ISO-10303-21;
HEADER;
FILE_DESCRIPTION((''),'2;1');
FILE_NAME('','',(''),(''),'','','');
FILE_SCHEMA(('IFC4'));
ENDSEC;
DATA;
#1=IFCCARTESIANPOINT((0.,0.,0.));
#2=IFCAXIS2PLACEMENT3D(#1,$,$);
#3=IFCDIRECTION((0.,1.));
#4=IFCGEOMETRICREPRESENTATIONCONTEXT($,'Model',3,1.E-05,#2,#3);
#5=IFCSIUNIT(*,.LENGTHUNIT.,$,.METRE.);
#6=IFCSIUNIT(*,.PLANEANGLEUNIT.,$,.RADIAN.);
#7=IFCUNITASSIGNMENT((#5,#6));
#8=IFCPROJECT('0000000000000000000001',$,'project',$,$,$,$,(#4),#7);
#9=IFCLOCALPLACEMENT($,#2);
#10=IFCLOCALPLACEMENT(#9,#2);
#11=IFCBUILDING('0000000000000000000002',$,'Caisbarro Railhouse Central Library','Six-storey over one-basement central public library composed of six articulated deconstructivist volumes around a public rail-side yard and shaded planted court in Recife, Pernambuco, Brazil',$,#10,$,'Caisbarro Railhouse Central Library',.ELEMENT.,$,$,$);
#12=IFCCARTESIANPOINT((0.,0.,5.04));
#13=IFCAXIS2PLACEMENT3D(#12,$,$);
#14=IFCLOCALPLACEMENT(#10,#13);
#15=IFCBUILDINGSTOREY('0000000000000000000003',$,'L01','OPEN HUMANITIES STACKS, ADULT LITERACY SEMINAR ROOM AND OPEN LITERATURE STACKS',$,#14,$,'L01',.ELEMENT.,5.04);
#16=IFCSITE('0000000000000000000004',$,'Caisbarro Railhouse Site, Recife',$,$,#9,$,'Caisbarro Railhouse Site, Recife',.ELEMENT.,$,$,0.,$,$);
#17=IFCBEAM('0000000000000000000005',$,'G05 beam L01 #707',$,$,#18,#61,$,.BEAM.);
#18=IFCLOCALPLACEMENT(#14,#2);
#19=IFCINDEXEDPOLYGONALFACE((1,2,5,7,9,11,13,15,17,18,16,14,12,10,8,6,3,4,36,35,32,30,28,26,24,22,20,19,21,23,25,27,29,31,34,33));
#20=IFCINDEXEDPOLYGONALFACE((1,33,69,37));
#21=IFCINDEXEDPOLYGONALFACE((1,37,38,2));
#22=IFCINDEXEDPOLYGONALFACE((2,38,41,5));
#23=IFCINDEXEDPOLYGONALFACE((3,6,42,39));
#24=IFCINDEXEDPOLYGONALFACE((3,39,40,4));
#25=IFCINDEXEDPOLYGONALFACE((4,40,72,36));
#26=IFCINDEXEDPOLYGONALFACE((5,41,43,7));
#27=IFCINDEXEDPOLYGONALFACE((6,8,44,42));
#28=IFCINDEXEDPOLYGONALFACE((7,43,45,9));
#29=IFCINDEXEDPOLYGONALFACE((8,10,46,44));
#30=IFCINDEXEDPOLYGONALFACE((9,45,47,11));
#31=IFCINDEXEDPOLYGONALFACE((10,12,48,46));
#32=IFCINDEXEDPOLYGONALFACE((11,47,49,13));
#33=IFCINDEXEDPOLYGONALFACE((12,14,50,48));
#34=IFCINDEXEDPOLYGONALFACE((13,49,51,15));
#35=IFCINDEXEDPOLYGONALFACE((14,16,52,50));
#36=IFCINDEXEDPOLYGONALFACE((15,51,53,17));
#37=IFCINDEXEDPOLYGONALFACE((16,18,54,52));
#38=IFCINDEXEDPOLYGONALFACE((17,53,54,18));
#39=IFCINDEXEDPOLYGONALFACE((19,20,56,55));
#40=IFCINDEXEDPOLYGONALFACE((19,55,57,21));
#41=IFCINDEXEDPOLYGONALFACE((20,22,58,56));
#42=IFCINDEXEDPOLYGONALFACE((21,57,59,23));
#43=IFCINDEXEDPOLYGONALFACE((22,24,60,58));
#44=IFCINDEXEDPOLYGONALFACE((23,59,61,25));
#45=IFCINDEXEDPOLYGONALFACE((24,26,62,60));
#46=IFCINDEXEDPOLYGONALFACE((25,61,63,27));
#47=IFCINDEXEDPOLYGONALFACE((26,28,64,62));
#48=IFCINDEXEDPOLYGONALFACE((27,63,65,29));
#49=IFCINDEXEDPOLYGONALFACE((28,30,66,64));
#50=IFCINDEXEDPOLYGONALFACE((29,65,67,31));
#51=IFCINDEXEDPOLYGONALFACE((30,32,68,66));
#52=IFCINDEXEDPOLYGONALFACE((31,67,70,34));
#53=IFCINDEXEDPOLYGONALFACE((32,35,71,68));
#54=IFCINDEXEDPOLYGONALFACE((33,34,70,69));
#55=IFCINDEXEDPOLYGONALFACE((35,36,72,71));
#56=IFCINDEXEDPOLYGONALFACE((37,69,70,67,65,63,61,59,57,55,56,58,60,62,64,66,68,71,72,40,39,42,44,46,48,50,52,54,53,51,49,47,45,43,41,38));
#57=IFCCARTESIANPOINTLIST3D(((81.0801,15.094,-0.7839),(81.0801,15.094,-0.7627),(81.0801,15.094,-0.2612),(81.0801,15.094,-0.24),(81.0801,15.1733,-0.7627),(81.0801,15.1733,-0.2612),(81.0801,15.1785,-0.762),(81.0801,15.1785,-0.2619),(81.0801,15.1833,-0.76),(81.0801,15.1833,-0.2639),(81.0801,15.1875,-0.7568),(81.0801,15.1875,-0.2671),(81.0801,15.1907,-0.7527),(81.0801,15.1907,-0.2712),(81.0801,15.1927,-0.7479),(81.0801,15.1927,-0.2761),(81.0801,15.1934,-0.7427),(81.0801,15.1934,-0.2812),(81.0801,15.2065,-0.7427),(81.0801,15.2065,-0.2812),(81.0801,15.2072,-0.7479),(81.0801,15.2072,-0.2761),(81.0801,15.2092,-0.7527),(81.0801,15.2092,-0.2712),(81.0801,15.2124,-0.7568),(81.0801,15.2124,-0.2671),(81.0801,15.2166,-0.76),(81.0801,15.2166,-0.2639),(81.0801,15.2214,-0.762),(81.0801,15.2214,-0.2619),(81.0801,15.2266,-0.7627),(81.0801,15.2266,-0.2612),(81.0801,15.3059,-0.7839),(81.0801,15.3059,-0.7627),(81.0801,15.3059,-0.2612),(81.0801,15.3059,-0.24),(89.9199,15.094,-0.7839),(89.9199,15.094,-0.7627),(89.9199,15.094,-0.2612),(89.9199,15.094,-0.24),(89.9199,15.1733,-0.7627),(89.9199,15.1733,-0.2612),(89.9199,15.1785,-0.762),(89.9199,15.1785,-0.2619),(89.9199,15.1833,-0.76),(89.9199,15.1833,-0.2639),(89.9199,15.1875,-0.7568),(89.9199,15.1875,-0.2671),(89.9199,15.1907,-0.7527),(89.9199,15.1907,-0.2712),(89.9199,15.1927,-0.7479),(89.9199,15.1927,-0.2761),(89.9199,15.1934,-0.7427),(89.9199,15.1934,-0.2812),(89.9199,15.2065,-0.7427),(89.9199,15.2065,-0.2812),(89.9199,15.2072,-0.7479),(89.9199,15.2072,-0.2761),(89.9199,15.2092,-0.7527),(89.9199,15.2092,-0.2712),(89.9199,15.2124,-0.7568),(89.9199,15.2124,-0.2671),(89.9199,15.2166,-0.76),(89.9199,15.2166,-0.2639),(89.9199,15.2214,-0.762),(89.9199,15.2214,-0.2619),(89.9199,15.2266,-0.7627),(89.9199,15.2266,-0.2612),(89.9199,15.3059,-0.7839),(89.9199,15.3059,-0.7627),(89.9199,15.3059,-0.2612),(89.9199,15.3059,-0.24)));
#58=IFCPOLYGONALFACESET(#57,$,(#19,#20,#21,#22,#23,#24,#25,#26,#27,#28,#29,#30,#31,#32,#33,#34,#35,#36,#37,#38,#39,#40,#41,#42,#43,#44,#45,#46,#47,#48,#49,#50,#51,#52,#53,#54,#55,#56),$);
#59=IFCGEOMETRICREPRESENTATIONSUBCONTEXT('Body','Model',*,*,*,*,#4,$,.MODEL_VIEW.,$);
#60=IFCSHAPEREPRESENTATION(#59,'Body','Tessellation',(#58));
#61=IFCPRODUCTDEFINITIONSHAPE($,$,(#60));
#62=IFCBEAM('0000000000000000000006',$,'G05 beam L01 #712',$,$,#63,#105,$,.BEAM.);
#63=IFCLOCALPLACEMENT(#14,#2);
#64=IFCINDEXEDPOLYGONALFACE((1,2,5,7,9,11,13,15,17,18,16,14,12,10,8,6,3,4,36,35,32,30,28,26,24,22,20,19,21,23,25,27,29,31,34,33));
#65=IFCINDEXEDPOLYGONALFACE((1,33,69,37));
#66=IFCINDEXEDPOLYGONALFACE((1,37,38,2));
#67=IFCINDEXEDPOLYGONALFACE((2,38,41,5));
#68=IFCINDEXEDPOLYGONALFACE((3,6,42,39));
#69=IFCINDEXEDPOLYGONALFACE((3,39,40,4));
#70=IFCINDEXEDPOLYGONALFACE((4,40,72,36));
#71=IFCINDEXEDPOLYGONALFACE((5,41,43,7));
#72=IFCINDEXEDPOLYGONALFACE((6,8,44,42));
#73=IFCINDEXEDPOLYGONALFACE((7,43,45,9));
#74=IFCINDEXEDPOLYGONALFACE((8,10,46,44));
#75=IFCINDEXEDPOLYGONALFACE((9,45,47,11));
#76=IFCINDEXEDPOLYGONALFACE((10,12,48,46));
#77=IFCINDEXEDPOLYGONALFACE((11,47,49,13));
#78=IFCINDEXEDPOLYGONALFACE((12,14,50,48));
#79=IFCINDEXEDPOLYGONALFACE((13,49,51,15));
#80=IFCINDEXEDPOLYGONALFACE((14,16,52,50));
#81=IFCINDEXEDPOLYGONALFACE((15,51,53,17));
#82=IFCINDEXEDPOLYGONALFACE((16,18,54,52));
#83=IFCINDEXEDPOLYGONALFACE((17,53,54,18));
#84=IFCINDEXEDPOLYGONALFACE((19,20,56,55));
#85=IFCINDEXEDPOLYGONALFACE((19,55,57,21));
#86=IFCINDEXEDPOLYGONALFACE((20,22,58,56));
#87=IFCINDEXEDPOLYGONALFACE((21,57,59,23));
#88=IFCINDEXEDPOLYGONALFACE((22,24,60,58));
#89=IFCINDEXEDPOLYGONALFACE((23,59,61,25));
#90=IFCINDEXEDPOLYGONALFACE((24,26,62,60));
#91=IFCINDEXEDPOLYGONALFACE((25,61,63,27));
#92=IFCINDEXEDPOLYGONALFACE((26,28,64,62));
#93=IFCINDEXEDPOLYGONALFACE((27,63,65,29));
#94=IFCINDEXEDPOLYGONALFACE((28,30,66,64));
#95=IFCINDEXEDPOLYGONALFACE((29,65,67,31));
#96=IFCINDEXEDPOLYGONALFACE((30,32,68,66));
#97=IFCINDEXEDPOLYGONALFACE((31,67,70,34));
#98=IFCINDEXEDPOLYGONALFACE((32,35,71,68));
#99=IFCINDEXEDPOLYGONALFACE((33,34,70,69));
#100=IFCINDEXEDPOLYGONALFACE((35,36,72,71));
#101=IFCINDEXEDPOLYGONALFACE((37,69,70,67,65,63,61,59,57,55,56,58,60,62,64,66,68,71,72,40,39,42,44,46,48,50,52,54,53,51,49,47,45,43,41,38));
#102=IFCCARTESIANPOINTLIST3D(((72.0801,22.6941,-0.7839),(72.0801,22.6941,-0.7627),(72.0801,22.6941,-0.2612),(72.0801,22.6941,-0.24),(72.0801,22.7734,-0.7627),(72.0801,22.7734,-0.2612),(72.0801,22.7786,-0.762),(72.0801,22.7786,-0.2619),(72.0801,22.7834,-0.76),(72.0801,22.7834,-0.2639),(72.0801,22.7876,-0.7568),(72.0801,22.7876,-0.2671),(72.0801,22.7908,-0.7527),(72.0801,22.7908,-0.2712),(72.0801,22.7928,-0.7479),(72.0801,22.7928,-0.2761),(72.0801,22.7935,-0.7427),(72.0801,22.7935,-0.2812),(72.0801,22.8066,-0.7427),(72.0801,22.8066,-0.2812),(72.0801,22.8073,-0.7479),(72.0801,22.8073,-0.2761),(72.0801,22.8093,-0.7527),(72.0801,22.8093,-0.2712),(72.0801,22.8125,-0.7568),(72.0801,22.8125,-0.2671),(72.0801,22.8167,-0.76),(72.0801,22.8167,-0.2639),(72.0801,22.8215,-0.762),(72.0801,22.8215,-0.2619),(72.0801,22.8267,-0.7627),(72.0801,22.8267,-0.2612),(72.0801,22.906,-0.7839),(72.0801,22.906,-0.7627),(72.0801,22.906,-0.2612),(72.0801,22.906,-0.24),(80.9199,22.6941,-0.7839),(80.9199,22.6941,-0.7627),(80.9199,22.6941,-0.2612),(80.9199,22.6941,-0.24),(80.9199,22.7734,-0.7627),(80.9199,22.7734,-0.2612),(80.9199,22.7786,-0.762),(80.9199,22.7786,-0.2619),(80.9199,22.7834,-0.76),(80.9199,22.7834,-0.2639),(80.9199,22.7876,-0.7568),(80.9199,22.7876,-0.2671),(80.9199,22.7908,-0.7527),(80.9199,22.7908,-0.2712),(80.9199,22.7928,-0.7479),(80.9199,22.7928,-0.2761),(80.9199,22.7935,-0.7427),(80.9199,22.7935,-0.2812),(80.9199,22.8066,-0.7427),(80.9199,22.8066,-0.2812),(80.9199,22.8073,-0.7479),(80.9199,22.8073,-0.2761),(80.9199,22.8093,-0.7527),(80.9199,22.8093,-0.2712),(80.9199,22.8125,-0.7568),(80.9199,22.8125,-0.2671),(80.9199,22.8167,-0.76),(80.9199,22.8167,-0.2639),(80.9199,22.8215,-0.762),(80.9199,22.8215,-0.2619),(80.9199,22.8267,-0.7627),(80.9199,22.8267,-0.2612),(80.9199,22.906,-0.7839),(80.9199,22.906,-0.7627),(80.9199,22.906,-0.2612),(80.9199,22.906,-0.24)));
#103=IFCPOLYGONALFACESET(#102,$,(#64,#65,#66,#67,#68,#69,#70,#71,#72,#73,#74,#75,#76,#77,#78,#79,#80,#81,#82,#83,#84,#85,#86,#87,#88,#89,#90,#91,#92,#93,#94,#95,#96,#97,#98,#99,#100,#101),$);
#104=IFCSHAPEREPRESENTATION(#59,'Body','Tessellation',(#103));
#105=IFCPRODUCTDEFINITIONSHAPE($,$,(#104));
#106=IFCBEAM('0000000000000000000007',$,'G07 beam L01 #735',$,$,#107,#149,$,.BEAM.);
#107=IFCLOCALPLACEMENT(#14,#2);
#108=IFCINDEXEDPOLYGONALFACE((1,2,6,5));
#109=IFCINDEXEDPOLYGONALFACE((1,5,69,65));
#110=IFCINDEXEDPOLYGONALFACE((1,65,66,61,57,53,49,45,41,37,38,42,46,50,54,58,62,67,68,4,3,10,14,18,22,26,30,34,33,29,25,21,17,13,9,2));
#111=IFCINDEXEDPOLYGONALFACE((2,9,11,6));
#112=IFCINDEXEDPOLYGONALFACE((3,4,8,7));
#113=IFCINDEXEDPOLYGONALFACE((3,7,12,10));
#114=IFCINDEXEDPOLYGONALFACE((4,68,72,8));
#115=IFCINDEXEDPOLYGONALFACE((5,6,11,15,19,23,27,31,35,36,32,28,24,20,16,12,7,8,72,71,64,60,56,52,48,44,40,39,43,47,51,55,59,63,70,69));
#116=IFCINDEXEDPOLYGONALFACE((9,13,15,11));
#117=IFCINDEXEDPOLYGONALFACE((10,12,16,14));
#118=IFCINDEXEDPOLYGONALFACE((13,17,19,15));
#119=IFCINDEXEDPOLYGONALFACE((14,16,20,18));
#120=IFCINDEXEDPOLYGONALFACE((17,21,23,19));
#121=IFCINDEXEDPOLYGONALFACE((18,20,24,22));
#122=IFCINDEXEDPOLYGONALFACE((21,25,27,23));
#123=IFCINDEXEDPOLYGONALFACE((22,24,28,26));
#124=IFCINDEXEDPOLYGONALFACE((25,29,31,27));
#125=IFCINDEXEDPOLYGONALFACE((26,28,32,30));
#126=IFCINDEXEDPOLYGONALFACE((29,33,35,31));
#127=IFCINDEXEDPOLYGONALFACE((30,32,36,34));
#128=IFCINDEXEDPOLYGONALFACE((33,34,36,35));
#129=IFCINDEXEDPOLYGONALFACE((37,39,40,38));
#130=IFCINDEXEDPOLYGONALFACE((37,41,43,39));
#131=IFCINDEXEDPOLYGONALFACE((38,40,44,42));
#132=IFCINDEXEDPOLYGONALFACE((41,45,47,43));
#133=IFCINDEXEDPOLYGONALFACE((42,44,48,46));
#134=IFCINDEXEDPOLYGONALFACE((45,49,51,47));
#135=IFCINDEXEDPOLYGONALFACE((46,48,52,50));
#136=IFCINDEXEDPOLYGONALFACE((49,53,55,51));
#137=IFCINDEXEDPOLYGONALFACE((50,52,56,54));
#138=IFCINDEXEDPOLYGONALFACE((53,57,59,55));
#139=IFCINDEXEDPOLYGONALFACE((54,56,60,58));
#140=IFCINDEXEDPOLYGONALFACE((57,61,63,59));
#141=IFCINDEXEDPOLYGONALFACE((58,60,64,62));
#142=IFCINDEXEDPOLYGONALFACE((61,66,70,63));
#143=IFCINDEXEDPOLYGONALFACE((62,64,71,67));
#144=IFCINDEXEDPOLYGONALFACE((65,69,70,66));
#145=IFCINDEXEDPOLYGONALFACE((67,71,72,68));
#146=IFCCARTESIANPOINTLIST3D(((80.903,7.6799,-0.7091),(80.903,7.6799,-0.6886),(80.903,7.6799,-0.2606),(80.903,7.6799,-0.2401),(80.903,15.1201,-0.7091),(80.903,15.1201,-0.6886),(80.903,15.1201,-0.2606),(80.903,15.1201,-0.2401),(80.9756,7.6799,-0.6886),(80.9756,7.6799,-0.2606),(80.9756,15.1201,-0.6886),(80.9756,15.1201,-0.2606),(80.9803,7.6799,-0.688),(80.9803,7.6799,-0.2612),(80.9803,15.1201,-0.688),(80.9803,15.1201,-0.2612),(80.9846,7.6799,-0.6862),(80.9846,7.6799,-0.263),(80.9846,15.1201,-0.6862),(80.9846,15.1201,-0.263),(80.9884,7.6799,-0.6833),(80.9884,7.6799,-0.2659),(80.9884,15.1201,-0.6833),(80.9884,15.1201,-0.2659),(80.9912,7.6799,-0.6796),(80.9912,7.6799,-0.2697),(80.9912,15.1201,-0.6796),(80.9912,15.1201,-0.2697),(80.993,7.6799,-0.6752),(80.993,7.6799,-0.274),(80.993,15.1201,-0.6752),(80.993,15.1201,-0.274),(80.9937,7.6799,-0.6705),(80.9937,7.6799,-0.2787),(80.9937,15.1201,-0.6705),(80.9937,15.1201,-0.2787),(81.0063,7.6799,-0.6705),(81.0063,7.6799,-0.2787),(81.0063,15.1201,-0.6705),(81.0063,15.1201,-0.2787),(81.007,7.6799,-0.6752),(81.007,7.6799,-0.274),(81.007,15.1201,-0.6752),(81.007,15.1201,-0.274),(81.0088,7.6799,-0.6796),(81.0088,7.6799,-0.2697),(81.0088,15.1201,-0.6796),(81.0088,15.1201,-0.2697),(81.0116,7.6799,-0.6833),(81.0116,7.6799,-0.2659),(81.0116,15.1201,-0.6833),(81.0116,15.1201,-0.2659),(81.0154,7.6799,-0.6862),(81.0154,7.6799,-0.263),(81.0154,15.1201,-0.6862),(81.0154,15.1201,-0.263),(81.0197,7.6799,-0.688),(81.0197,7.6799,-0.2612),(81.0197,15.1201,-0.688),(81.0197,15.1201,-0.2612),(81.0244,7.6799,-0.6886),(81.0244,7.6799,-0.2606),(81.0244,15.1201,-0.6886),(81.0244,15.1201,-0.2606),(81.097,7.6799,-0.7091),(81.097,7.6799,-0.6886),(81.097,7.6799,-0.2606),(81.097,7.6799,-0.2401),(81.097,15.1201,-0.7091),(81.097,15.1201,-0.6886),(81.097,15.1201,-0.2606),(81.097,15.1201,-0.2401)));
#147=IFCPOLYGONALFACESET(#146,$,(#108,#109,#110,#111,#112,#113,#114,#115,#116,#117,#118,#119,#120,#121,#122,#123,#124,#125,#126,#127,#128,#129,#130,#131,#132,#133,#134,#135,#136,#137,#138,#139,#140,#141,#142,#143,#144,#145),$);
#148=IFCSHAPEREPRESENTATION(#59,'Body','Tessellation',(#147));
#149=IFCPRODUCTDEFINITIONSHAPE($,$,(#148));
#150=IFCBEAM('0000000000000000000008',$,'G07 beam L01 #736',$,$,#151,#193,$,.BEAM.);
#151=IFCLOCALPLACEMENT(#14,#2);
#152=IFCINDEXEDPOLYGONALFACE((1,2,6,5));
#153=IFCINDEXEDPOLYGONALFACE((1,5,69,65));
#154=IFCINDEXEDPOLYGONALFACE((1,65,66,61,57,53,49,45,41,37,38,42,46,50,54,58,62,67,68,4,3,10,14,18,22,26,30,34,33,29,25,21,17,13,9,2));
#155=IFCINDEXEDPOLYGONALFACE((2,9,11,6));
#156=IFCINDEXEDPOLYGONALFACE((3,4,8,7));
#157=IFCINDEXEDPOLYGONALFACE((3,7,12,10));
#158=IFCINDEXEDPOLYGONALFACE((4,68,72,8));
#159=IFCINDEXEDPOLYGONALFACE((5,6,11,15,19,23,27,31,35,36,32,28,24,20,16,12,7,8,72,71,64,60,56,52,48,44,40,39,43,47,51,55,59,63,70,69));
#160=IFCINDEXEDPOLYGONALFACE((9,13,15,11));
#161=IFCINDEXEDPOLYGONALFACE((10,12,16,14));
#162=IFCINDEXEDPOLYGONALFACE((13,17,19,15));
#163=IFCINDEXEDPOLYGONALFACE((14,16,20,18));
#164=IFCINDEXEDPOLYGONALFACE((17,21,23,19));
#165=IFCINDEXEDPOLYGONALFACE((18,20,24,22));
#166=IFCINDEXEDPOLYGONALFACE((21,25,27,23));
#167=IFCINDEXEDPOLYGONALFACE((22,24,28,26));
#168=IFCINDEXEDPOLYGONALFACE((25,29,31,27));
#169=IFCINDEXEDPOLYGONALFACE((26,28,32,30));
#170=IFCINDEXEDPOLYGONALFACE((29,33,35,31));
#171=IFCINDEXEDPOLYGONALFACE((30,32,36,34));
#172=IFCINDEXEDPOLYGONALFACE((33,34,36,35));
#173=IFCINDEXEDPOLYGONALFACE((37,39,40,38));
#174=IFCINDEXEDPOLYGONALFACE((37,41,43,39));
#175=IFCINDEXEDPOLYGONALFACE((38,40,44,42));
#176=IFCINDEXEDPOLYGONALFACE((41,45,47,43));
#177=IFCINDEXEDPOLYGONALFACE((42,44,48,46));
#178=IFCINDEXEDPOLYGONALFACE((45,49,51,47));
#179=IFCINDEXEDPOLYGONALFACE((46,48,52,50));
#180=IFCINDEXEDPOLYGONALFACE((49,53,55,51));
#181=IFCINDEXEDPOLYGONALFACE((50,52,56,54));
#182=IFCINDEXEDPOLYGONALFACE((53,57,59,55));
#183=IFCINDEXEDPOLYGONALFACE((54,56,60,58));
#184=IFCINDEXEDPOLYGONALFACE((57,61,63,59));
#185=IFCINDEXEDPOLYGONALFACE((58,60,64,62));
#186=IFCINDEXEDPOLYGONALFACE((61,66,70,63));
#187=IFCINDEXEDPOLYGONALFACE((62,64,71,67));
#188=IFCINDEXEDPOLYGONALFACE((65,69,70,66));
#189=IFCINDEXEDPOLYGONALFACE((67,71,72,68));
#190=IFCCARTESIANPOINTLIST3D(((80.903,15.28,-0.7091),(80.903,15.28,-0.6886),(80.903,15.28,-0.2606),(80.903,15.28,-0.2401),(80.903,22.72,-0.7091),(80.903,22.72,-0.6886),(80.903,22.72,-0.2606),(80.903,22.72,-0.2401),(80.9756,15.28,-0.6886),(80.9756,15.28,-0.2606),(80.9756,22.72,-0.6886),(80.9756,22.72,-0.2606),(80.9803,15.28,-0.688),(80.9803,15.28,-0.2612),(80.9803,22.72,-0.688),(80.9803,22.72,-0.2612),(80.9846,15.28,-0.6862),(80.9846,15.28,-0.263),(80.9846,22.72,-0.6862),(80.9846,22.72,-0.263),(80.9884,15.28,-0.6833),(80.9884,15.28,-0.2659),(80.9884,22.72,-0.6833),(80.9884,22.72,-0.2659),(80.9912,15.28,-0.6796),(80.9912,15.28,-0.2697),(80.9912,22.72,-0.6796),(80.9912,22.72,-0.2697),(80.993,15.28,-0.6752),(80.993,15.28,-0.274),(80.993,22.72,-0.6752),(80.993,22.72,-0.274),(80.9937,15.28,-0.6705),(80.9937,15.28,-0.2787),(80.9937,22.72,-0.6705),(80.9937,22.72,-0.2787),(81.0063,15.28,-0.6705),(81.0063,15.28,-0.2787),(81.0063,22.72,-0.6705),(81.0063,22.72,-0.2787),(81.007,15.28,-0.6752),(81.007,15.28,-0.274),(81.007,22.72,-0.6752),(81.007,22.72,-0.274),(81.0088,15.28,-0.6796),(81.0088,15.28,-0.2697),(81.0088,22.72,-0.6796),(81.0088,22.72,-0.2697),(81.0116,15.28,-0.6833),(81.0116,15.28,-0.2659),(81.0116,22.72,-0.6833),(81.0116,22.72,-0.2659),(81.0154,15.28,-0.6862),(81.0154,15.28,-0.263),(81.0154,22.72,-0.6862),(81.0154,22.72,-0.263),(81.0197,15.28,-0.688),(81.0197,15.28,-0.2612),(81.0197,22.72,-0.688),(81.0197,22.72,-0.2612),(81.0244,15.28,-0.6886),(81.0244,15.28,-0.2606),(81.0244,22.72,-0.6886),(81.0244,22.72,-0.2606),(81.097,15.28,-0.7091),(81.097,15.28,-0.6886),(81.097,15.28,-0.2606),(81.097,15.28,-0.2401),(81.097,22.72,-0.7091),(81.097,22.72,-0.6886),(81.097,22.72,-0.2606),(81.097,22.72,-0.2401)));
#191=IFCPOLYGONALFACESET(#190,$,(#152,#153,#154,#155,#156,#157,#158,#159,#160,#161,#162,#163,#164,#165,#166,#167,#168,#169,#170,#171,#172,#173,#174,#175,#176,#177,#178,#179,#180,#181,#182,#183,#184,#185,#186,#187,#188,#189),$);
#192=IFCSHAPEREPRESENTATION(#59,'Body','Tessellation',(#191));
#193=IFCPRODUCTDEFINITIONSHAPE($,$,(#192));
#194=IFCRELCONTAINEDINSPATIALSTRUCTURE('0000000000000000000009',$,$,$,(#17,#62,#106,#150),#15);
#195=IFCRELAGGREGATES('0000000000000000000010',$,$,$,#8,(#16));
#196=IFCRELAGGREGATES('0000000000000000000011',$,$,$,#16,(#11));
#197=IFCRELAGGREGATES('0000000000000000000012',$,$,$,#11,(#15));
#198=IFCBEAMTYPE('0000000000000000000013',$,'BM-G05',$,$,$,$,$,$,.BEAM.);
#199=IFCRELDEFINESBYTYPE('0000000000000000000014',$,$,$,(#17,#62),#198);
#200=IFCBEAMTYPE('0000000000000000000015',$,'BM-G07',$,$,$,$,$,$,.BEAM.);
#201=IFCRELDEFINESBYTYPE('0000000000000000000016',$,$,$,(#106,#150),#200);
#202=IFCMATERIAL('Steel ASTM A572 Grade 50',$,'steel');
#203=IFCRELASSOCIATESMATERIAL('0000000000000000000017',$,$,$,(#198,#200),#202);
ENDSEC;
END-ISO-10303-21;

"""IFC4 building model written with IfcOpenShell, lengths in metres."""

from ifc_helpers import new_model, si_unit, direction, frame, origin, origin_2d, place, context, subcontext, project, spatial, i_section, extrude, material, material_profile, profile_set, type_object, element, save


model = new_model("IFC4")

# Units and contexts
model_context = context("Model", 3, precision=1e-05, world=origin(), true_north=direction((0.0, 1.0)))
body_context = subcontext(model_context, "Body", "Model", "MODEL_VIEW")
ifc_project = project(units=[si_unit("LENGTHUNIT", "METRE"), si_unit("PLANEANGLEUNIT", "RADIAN")], contexts=[model_context])

# Site, building, storey
site_placement = place(None, origin())
site = spatial("IfcSite", under=ifc_project, at=site_placement, Name="Caisbarro Railhouse Site, Recife", LongName="Caisbarro Railhouse Site, Recife", CompositionType="ELEMENT", RefElevation=0.0)
building_placement = place(site_placement, origin())
building = spatial("IfcBuilding", under=site, at=building_placement, Name="Caisbarro Railhouse Central Library", Description="Six-storey over one-basement central public library composed of six articulated deconstructivist volumes around a public rail-side yard and shaded planted court in Recife, Pernambuco, Brazil", LongName="Caisbarro Railhouse Central Library", CompositionType="ELEMENT")
storey_placement = place(building_placement, frame((0.0, 0.0, 5.04)))
storey = spatial("IfcBuildingStorey", under=building, at=storey_placement, Name="L01", Description="OPEN HUMANITIES STACKS, ADULT LITERACY SEMINAR ROOM AND OPEN LITERATURE STACKS", LongName="L01", CompositionType="ELEMENT", Elevation=5.04)

# Shared definitions
ifc_material_1 = material(Name="Steel ASTM A572 Grade 50", Category="steel")

# Beams
ifc_material_profile_1 = material_profile(ifc_material_1, i_section(OverallWidth=0.2119, OverallDepth=0.5439, WebThickness=0.0132, FlangeThickness=0.0212, FilletRadius=0.02, at=origin_2d()), Name="W530X123.0")
ifc_profile_set_1 = profile_set([ifc_material_profile_1], Name="Steel ASTM A572 Grade 50")
beam_type_1 = type_object("IfcBeamType", Name="BM-G05", PredefinedType="BEAM", material=ifc_profile_set_1)
for number, where, z_axis, x_axis, name in (
    (1, (81.0801, 15.2, -0.512), (1.0, 0.0, 0.0), (0.0, 1.0, 0.0), "G05 beam L01 #707"),
    (2, (72.0801, 22.8, -0.512), (1.0, 0.0, 0.0), (0.0, 1.0, 0.0), "G05 beam L01 #712"),
):
    element("IfcBeam", number, at=place(storey_placement, frame(where, z_axis=z_axis, x_axis=x_axis)), inside=storey, type_object=beam_type_1, Name=name, PredefinedType="BEAM", context=body_context, shape_type="SweptSolid", body=[
        extrude(i_section(OverallWidth=0.2119, OverallDepth=0.5439, WebThickness=0.0132, FlangeThickness=0.0212, FilletRadius=0.02, at=origin_2d()), origin(), (0.0, 0.0, 1.0), 8.8398),
    ])
ifc_material_profile_2 = material_profile(ifc_material_1, i_section(OverallWidth=0.1941, OverallDepth=0.469, WebThickness=0.0127, FlangeThickness=0.0205, FilletRadius=0.0181, at=origin_2d()), Name="W460X106.0")
ifc_profile_set_2 = profile_set([ifc_material_profile_2], Name="Steel ASTM A572 Grade 50")
beam_type_2 = type_object("IfcBeamType", Name="BM-G07", PredefinedType="BEAM", material=ifc_profile_set_2)
beam_1_placement = place(storey_placement, frame((81.0, 7.6799, -0.4746), z_axis=(0.0, 1.0, 0.0), x_axis=(-1.0, 0.0, 0.0)))
element("IfcBeam", 3, at=beam_1_placement, inside=storey, type_object=beam_type_2, Name="G07 beam L01 #735", PredefinedType="BEAM", context=body_context, shape_type="SweptSolid", body=[
    extrude(i_section(OverallWidth=0.1941, OverallDepth=0.469, WebThickness=0.0127, FlangeThickness=0.0205, FilletRadius=0.0181, at=origin_2d()), origin(), (0.0, 0.0, 1.0), 7.4402),
])
beam_2_placement = place(storey_placement, frame((81.0, 15.28, -0.4746), z_axis=(0.0, 1.0, 0.0), x_axis=(-1.0, 0.0, 0.0)))
element("IfcBeam", 4, at=beam_2_placement, inside=storey, type_object=beam_type_2, Name="G07 beam L01 #736", PredefinedType="BEAM", context=body_context, shape_type="SweptSolid", body=[
    extrude(i_section(OverallWidth=0.1941, OverallDepth=0.469, WebThickness=0.0127, FlangeThickness=0.0205, FilletRadius=0.0181, at=origin_2d()), origin(), (0.0, 0.0, 1.0), 7.4399),
])

save(model, "model.ifc")
